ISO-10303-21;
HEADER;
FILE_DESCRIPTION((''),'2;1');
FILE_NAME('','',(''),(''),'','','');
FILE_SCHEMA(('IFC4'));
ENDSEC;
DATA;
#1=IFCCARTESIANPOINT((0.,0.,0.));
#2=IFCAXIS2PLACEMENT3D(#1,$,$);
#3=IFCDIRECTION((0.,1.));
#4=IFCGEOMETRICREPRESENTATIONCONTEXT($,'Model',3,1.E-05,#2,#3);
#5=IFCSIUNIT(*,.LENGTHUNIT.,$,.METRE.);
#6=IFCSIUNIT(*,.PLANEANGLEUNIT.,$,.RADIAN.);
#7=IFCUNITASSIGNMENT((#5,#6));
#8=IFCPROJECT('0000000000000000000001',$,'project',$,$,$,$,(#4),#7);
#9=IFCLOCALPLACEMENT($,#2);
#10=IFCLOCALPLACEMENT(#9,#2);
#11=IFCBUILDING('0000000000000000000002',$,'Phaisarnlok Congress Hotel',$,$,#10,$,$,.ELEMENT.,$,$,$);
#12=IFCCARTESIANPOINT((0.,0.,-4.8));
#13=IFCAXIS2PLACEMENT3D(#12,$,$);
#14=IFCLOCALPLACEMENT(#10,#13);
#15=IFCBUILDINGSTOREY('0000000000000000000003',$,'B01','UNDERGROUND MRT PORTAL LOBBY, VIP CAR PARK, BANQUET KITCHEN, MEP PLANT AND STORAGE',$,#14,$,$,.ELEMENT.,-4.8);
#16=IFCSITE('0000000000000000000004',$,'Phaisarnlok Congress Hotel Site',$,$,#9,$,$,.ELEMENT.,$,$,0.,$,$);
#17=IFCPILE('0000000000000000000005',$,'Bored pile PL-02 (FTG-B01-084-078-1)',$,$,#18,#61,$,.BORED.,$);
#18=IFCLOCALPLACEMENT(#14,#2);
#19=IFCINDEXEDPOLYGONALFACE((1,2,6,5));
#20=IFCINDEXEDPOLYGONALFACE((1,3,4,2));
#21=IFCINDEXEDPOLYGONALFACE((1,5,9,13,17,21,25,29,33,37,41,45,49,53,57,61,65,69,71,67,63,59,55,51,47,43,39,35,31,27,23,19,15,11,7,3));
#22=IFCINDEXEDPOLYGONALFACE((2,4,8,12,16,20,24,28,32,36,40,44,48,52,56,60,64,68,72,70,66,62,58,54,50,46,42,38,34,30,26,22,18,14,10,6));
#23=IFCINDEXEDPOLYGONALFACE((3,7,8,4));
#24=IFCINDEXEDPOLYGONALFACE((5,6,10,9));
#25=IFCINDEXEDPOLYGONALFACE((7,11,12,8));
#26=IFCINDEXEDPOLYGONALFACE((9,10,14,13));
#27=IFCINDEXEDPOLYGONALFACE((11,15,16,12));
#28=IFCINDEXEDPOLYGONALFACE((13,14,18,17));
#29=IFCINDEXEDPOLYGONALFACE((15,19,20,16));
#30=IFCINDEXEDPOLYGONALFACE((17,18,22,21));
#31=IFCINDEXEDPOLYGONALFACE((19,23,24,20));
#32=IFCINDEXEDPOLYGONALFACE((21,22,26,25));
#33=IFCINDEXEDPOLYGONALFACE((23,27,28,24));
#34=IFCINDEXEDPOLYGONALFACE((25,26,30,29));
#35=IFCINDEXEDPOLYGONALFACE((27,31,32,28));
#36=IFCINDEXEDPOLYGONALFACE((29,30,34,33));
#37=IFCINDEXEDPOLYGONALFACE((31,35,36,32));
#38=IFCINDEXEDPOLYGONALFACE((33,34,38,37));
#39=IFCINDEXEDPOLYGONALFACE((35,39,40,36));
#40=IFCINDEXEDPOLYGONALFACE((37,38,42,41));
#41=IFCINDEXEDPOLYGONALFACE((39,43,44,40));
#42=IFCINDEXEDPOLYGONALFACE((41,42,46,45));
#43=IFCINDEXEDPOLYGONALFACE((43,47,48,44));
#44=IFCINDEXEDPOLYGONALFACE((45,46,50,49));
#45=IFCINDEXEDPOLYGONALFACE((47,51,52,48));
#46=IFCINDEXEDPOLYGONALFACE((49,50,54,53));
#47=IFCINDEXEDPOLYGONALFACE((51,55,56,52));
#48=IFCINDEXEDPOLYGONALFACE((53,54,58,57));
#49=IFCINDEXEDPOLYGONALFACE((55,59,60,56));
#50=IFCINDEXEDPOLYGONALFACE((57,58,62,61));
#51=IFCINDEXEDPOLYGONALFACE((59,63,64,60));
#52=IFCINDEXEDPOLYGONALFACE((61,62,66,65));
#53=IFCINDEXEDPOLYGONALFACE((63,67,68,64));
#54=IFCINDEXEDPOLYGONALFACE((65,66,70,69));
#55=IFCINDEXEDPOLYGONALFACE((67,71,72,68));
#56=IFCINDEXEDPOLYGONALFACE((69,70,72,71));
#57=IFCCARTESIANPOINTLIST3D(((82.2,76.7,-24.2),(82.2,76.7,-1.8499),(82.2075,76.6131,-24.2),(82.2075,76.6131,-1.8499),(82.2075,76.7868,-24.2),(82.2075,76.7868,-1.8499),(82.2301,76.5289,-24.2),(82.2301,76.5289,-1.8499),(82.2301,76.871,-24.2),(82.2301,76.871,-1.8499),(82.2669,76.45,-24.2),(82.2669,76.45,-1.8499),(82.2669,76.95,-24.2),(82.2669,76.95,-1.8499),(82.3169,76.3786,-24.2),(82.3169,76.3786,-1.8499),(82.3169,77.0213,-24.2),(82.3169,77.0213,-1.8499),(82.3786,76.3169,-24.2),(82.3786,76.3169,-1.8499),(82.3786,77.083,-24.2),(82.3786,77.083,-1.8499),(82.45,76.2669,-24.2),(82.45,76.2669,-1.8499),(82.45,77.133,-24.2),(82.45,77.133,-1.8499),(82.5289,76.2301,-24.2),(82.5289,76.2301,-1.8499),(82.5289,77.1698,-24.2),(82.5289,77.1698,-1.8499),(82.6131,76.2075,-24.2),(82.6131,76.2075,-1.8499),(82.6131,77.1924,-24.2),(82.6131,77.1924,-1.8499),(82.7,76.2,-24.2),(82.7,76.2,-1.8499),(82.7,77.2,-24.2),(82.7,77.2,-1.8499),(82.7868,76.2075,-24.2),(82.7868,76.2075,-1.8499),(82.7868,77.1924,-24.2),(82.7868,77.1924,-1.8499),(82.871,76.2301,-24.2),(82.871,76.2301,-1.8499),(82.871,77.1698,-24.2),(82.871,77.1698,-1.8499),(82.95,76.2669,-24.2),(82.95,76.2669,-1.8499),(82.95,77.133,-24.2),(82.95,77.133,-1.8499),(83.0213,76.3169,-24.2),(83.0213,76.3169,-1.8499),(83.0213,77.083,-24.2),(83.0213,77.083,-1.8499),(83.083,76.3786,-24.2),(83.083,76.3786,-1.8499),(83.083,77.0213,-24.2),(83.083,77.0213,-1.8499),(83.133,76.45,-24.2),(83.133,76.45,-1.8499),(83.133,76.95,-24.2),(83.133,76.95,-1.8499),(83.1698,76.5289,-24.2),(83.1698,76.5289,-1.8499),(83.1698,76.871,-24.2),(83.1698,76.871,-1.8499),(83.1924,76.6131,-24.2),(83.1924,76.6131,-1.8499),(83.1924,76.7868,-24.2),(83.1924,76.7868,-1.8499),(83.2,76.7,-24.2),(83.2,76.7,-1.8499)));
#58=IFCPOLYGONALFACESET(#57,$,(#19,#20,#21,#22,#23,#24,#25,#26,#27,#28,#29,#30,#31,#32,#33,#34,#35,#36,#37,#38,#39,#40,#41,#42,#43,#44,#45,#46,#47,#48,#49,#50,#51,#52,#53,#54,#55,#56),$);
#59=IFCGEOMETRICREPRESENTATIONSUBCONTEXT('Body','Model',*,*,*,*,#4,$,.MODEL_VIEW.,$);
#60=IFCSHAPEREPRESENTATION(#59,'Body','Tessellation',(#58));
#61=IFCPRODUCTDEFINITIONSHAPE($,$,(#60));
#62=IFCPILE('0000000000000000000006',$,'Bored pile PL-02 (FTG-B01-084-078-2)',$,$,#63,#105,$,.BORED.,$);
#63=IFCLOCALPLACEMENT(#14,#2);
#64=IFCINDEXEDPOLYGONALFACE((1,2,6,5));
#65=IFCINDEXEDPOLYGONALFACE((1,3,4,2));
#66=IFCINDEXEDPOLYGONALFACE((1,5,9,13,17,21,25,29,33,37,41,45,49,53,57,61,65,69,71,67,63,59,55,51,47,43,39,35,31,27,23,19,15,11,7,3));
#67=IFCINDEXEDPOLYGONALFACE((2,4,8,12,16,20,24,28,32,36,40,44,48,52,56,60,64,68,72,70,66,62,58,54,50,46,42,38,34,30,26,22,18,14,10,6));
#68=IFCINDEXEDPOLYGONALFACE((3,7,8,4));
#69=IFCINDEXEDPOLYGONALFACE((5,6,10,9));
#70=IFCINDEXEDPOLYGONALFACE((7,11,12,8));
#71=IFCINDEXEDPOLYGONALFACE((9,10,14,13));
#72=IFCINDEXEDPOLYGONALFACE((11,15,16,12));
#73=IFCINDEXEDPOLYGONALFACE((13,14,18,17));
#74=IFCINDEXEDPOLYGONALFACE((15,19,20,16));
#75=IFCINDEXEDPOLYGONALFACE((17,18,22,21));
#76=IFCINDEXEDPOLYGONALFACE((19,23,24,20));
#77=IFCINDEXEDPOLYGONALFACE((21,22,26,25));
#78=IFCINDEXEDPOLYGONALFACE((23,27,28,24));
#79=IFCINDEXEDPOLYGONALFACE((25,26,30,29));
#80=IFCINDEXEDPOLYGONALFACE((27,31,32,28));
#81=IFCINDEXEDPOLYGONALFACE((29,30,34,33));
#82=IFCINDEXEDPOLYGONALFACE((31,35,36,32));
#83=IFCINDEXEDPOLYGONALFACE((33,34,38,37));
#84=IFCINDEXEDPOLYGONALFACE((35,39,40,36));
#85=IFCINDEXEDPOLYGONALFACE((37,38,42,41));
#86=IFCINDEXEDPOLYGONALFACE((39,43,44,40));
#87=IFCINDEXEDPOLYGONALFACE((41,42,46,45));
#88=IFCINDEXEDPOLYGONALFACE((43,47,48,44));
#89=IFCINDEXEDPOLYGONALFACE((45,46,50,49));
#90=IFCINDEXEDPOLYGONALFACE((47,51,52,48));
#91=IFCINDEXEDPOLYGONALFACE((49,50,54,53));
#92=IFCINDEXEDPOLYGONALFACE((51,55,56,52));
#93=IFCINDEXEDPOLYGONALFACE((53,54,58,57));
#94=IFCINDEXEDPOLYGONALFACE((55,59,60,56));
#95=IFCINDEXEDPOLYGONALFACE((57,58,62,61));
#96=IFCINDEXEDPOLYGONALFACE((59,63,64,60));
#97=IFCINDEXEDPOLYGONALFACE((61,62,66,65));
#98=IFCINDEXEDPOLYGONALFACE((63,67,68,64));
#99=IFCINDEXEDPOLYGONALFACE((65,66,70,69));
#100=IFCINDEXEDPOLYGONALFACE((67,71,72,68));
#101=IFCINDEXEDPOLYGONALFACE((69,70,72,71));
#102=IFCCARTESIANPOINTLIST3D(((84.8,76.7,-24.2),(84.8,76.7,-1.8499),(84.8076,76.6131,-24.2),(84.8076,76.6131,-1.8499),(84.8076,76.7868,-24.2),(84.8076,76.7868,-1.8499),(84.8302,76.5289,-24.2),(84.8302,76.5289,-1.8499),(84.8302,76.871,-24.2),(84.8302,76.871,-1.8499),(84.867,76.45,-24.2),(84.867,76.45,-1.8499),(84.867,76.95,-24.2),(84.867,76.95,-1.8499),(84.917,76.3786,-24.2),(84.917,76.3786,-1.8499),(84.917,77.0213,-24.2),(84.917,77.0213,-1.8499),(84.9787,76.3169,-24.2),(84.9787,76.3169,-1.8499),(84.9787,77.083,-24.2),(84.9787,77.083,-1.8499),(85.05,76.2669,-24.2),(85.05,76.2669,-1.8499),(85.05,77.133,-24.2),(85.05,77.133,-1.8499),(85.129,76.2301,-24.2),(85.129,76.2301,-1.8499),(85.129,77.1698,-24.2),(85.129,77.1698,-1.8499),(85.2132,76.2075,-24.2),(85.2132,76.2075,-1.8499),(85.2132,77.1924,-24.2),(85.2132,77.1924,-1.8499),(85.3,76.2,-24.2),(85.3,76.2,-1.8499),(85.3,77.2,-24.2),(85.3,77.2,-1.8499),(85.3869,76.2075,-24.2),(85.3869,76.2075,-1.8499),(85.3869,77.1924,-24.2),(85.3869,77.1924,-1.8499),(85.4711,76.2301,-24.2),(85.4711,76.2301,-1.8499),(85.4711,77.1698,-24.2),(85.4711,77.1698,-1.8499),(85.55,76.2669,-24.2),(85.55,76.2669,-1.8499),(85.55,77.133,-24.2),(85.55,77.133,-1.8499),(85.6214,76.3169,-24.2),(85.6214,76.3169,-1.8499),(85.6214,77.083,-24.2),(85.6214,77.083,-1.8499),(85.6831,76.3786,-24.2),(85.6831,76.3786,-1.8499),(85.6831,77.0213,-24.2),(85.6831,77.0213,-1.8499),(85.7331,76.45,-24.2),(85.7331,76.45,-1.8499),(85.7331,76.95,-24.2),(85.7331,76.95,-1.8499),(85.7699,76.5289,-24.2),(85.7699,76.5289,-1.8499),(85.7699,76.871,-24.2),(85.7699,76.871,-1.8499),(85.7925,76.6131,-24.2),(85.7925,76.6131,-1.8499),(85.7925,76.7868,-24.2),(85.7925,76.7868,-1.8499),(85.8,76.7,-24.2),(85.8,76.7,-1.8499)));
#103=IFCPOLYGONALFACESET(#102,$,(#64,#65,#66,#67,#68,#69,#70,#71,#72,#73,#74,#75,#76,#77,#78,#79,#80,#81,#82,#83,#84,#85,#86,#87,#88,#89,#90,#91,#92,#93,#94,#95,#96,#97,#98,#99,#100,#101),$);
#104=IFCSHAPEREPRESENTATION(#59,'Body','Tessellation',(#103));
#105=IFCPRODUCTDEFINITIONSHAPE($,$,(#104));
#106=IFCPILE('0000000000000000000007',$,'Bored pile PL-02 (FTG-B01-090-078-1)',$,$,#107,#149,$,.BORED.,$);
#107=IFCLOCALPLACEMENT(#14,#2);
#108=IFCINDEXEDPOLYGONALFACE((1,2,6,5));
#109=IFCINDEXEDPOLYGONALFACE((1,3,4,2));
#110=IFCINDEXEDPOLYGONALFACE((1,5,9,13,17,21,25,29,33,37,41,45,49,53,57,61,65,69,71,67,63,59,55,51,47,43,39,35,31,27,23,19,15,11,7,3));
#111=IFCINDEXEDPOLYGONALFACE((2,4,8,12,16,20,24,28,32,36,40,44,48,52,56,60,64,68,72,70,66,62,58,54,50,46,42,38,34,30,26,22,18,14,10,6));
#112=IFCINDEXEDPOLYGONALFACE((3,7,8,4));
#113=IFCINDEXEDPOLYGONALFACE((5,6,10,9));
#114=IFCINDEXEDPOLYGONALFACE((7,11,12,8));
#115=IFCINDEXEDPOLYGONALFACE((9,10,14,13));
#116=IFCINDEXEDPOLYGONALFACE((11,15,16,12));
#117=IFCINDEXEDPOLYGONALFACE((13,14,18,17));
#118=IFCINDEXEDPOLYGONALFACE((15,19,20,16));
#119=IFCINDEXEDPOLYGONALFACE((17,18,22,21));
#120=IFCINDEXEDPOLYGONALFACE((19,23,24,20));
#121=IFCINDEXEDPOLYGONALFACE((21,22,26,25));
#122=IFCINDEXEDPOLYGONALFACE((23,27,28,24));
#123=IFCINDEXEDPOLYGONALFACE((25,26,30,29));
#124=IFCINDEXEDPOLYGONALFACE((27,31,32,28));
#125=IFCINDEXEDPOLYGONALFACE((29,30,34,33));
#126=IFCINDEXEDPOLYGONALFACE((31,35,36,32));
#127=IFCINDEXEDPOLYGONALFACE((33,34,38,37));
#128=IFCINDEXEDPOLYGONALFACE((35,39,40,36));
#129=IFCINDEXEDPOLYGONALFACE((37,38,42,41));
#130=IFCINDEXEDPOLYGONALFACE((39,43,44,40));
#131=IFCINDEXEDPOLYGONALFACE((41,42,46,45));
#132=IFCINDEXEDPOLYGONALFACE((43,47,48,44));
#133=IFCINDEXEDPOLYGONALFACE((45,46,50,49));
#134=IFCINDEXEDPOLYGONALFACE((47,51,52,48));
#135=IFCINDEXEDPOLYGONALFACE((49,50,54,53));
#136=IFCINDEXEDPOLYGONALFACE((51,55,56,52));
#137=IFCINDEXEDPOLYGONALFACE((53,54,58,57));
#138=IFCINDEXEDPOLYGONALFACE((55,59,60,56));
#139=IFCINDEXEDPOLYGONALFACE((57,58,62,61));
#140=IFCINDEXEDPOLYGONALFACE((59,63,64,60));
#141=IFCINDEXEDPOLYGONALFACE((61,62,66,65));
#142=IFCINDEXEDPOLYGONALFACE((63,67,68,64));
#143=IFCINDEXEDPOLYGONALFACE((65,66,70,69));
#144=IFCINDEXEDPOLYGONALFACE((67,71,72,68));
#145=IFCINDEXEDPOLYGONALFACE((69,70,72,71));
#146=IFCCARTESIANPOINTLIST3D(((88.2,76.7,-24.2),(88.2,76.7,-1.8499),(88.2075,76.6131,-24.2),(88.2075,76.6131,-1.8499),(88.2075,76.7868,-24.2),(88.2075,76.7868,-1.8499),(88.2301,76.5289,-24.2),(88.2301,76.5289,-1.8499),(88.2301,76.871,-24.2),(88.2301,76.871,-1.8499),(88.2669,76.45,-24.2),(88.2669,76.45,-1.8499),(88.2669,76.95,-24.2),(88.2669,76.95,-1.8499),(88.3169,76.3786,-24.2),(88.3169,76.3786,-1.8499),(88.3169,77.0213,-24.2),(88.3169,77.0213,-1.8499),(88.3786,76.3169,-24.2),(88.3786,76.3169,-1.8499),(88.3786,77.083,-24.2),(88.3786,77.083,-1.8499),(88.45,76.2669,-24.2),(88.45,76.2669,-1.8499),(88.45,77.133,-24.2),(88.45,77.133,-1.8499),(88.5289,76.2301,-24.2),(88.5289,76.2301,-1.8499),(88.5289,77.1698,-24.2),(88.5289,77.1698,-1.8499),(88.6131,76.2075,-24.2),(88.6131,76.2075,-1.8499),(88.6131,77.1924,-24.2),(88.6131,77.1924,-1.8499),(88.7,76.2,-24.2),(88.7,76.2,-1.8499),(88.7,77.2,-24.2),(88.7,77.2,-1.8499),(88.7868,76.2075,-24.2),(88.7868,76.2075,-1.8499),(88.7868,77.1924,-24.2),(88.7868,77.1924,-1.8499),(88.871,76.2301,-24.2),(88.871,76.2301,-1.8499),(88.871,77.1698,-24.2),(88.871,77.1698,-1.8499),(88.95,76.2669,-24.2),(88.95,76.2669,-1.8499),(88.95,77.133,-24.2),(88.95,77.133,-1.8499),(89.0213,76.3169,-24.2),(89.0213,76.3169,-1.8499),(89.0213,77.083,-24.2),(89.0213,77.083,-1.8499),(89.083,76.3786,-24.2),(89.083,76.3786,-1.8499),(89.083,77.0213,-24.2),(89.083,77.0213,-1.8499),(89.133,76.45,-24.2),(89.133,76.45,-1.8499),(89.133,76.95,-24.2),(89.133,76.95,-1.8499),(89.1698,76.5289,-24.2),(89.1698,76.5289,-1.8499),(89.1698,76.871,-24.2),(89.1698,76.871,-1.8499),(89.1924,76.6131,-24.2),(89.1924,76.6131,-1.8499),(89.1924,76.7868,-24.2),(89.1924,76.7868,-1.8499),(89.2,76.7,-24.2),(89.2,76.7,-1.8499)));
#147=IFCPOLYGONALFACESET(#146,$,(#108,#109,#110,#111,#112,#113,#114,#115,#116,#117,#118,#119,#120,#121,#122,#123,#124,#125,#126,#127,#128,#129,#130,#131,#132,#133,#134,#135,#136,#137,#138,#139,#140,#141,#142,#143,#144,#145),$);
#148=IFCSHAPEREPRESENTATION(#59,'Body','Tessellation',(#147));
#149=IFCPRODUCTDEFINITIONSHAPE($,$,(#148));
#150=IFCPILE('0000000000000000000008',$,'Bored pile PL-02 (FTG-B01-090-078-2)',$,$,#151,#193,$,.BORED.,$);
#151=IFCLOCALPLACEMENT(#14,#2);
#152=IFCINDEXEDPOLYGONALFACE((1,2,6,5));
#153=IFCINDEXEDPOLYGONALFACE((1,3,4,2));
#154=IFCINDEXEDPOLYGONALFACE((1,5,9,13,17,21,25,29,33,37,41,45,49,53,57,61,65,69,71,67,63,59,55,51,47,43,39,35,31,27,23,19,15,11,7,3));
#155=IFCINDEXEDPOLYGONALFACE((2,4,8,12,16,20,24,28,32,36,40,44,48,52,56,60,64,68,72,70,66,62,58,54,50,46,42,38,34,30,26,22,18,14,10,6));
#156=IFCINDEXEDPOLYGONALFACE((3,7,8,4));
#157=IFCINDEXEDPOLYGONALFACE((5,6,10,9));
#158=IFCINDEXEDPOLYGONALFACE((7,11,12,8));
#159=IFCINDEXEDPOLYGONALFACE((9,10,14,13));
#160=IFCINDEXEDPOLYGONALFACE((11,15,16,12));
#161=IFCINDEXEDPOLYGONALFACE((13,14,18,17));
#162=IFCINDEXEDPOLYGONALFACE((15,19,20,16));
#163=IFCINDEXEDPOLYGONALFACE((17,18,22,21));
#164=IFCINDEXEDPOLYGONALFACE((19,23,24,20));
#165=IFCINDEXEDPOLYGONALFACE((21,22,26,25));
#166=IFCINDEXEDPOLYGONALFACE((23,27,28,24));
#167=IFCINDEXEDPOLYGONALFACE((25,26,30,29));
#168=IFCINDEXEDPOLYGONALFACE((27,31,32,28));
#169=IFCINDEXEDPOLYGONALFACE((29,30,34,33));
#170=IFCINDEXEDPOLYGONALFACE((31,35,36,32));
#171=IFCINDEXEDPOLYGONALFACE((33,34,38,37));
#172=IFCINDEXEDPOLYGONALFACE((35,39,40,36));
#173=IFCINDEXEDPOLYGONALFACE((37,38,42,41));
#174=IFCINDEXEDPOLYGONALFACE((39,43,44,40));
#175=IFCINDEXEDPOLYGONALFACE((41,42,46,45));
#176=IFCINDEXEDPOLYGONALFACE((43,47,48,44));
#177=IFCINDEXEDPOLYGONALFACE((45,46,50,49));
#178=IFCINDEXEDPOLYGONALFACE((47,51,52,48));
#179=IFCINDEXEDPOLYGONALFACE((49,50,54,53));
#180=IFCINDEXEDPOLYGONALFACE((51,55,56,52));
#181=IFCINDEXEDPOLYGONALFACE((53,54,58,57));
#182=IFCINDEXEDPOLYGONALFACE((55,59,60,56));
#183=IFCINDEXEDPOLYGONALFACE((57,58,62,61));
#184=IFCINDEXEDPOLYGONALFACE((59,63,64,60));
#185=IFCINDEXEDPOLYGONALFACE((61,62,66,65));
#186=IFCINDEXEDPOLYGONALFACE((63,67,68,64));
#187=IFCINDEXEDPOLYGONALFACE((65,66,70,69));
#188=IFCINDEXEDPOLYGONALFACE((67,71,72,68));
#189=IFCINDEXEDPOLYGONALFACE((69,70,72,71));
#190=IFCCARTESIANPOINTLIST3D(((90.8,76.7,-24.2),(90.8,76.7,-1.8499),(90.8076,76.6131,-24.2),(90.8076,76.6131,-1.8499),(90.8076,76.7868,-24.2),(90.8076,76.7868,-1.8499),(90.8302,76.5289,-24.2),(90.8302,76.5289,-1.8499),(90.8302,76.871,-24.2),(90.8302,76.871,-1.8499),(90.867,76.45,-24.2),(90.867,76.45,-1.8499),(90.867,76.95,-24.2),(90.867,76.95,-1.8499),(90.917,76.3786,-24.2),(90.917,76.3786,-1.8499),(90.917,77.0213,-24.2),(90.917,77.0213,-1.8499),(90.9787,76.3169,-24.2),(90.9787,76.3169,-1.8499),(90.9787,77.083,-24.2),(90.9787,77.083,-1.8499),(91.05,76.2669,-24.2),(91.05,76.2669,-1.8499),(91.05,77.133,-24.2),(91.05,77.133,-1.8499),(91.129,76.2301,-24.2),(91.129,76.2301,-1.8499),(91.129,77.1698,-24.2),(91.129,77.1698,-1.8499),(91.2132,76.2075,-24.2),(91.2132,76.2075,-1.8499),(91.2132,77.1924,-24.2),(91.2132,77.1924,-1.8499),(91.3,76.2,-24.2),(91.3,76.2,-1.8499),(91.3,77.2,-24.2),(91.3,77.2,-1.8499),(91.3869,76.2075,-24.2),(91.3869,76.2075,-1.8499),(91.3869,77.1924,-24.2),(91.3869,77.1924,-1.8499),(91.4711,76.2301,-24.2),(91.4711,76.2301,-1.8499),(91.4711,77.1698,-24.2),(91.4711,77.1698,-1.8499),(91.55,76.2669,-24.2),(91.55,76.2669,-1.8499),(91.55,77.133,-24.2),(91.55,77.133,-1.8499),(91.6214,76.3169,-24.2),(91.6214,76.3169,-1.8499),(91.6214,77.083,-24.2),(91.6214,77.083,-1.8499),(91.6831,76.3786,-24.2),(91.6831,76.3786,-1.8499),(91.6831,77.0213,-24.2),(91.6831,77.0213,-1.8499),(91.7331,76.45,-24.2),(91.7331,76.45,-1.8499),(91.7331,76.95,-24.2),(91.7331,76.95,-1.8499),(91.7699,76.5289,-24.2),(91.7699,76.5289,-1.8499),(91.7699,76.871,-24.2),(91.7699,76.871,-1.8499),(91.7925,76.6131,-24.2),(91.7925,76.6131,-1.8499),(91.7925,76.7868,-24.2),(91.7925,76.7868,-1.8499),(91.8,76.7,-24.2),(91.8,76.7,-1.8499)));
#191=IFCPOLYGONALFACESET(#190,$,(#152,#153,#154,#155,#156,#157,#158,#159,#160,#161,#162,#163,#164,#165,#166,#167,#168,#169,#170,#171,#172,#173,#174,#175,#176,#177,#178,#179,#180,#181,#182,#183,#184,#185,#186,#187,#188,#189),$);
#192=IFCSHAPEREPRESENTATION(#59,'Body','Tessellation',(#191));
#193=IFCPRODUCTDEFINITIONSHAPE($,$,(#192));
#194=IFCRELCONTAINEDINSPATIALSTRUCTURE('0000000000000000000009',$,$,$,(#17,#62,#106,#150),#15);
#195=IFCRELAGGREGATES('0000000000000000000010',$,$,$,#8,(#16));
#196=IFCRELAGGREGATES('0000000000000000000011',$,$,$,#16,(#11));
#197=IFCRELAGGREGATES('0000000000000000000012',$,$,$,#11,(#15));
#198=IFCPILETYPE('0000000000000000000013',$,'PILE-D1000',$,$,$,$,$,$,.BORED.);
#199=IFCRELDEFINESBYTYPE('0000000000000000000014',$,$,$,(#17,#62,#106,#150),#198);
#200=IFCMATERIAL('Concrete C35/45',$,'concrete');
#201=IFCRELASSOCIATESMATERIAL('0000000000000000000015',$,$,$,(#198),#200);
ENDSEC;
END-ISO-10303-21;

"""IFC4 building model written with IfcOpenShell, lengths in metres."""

from ifc_helpers import new_model, si_unit, direction, frame, origin, origin_2d, place, context, subcontext, project, spatial, circle, extrude, material, material_profile, profile_set, type_object, element, save


model = new_model("IFC4")

# Units and contexts
model_context = context("Model", 3, precision=1e-05, world=origin(), true_north=direction((0.0, 1.0)))
body_context = subcontext(model_context, "Body", "Model", "MODEL_VIEW")
ifc_project = project(units=[si_unit("LENGTHUNIT", "METRE"), si_unit("PLANEANGLEUNIT", "RADIAN")], contexts=[model_context])

# Site, building, storey
site_placement = place(None, origin())
site = spatial("IfcSite", under=ifc_project, at=site_placement, Name="Phaisarnlok Congress Hotel Site", CompositionType="ELEMENT", RefElevation=0.0)
building_placement = place(site_placement, origin())
building = spatial("IfcBuilding", under=site, at=building_placement, Name="Phaisarnlok Congress Hotel", CompositionType="ELEMENT")
storey_placement = place(building_placement, frame((0.0, 0.0, -4.8)))
storey = spatial("IfcBuildingStorey", under=building, at=storey_placement, Name="B01", Description="UNDERGROUND MRT PORTAL LOBBY, VIP CAR PARK, BANQUET KITCHEN, MEP PLANT AND STORAGE", CompositionType="ELEMENT", Elevation=-4.8)

# Piles
ifc_material_1 = material(Name="Concrete C35/45", Category="concrete")
ifc_material_profile_1 = material_profile(ifc_material_1, circle(Radius=0.5, at=origin_2d()), Name="BORED PILE D1000")
ifc_profile_set_1 = profile_set([ifc_material_profile_1], Name="Concrete C35/45")
pile_type_1 = type_object("IfcPileType", Name="PILE-D1000", PredefinedType="BORED", material=ifc_profile_set_1)
for number, where, z_axis, x_axis, name in (
    (1, (82.7, 76.7, -1.8499), (0.0, 0.0, -1.0), (1.0, 0.0, 0.0), "Bored pile PL-02 (FTG-B01-084-078-1)"),
    (2, (85.3, 76.7, -1.8499), (0.0, 0.0, -1.0), (1.0, 0.0, 0.0), "Bored pile PL-02 (FTG-B01-084-078-2)"),
    (3, (88.7, 76.7, -1.8499), (0.0, 0.0, -1.0), (1.0, 0.0, 0.0), "Bored pile PL-02 (FTG-B01-090-078-1)"),
    (4, (91.3, 76.7, -1.8499), (0.0, 0.0, -1.0), (1.0, 0.0, 0.0), "Bored pile PL-02 (FTG-B01-090-078-2)"),
):
    element("IfcPile", number, at=place(storey_placement, frame(where, z_axis=z_axis, x_axis=x_axis)), inside=storey, type_object=pile_type_1, Name=name, PredefinedType="BORED", context=body_context, shape_type="SweptSolid", body=[
        extrude(circle(Radius=0.5, at=origin_2d()), origin(), (0.0, 0.0, 1.0), 22.3501),
    ])

save(model, "model.ifc")
